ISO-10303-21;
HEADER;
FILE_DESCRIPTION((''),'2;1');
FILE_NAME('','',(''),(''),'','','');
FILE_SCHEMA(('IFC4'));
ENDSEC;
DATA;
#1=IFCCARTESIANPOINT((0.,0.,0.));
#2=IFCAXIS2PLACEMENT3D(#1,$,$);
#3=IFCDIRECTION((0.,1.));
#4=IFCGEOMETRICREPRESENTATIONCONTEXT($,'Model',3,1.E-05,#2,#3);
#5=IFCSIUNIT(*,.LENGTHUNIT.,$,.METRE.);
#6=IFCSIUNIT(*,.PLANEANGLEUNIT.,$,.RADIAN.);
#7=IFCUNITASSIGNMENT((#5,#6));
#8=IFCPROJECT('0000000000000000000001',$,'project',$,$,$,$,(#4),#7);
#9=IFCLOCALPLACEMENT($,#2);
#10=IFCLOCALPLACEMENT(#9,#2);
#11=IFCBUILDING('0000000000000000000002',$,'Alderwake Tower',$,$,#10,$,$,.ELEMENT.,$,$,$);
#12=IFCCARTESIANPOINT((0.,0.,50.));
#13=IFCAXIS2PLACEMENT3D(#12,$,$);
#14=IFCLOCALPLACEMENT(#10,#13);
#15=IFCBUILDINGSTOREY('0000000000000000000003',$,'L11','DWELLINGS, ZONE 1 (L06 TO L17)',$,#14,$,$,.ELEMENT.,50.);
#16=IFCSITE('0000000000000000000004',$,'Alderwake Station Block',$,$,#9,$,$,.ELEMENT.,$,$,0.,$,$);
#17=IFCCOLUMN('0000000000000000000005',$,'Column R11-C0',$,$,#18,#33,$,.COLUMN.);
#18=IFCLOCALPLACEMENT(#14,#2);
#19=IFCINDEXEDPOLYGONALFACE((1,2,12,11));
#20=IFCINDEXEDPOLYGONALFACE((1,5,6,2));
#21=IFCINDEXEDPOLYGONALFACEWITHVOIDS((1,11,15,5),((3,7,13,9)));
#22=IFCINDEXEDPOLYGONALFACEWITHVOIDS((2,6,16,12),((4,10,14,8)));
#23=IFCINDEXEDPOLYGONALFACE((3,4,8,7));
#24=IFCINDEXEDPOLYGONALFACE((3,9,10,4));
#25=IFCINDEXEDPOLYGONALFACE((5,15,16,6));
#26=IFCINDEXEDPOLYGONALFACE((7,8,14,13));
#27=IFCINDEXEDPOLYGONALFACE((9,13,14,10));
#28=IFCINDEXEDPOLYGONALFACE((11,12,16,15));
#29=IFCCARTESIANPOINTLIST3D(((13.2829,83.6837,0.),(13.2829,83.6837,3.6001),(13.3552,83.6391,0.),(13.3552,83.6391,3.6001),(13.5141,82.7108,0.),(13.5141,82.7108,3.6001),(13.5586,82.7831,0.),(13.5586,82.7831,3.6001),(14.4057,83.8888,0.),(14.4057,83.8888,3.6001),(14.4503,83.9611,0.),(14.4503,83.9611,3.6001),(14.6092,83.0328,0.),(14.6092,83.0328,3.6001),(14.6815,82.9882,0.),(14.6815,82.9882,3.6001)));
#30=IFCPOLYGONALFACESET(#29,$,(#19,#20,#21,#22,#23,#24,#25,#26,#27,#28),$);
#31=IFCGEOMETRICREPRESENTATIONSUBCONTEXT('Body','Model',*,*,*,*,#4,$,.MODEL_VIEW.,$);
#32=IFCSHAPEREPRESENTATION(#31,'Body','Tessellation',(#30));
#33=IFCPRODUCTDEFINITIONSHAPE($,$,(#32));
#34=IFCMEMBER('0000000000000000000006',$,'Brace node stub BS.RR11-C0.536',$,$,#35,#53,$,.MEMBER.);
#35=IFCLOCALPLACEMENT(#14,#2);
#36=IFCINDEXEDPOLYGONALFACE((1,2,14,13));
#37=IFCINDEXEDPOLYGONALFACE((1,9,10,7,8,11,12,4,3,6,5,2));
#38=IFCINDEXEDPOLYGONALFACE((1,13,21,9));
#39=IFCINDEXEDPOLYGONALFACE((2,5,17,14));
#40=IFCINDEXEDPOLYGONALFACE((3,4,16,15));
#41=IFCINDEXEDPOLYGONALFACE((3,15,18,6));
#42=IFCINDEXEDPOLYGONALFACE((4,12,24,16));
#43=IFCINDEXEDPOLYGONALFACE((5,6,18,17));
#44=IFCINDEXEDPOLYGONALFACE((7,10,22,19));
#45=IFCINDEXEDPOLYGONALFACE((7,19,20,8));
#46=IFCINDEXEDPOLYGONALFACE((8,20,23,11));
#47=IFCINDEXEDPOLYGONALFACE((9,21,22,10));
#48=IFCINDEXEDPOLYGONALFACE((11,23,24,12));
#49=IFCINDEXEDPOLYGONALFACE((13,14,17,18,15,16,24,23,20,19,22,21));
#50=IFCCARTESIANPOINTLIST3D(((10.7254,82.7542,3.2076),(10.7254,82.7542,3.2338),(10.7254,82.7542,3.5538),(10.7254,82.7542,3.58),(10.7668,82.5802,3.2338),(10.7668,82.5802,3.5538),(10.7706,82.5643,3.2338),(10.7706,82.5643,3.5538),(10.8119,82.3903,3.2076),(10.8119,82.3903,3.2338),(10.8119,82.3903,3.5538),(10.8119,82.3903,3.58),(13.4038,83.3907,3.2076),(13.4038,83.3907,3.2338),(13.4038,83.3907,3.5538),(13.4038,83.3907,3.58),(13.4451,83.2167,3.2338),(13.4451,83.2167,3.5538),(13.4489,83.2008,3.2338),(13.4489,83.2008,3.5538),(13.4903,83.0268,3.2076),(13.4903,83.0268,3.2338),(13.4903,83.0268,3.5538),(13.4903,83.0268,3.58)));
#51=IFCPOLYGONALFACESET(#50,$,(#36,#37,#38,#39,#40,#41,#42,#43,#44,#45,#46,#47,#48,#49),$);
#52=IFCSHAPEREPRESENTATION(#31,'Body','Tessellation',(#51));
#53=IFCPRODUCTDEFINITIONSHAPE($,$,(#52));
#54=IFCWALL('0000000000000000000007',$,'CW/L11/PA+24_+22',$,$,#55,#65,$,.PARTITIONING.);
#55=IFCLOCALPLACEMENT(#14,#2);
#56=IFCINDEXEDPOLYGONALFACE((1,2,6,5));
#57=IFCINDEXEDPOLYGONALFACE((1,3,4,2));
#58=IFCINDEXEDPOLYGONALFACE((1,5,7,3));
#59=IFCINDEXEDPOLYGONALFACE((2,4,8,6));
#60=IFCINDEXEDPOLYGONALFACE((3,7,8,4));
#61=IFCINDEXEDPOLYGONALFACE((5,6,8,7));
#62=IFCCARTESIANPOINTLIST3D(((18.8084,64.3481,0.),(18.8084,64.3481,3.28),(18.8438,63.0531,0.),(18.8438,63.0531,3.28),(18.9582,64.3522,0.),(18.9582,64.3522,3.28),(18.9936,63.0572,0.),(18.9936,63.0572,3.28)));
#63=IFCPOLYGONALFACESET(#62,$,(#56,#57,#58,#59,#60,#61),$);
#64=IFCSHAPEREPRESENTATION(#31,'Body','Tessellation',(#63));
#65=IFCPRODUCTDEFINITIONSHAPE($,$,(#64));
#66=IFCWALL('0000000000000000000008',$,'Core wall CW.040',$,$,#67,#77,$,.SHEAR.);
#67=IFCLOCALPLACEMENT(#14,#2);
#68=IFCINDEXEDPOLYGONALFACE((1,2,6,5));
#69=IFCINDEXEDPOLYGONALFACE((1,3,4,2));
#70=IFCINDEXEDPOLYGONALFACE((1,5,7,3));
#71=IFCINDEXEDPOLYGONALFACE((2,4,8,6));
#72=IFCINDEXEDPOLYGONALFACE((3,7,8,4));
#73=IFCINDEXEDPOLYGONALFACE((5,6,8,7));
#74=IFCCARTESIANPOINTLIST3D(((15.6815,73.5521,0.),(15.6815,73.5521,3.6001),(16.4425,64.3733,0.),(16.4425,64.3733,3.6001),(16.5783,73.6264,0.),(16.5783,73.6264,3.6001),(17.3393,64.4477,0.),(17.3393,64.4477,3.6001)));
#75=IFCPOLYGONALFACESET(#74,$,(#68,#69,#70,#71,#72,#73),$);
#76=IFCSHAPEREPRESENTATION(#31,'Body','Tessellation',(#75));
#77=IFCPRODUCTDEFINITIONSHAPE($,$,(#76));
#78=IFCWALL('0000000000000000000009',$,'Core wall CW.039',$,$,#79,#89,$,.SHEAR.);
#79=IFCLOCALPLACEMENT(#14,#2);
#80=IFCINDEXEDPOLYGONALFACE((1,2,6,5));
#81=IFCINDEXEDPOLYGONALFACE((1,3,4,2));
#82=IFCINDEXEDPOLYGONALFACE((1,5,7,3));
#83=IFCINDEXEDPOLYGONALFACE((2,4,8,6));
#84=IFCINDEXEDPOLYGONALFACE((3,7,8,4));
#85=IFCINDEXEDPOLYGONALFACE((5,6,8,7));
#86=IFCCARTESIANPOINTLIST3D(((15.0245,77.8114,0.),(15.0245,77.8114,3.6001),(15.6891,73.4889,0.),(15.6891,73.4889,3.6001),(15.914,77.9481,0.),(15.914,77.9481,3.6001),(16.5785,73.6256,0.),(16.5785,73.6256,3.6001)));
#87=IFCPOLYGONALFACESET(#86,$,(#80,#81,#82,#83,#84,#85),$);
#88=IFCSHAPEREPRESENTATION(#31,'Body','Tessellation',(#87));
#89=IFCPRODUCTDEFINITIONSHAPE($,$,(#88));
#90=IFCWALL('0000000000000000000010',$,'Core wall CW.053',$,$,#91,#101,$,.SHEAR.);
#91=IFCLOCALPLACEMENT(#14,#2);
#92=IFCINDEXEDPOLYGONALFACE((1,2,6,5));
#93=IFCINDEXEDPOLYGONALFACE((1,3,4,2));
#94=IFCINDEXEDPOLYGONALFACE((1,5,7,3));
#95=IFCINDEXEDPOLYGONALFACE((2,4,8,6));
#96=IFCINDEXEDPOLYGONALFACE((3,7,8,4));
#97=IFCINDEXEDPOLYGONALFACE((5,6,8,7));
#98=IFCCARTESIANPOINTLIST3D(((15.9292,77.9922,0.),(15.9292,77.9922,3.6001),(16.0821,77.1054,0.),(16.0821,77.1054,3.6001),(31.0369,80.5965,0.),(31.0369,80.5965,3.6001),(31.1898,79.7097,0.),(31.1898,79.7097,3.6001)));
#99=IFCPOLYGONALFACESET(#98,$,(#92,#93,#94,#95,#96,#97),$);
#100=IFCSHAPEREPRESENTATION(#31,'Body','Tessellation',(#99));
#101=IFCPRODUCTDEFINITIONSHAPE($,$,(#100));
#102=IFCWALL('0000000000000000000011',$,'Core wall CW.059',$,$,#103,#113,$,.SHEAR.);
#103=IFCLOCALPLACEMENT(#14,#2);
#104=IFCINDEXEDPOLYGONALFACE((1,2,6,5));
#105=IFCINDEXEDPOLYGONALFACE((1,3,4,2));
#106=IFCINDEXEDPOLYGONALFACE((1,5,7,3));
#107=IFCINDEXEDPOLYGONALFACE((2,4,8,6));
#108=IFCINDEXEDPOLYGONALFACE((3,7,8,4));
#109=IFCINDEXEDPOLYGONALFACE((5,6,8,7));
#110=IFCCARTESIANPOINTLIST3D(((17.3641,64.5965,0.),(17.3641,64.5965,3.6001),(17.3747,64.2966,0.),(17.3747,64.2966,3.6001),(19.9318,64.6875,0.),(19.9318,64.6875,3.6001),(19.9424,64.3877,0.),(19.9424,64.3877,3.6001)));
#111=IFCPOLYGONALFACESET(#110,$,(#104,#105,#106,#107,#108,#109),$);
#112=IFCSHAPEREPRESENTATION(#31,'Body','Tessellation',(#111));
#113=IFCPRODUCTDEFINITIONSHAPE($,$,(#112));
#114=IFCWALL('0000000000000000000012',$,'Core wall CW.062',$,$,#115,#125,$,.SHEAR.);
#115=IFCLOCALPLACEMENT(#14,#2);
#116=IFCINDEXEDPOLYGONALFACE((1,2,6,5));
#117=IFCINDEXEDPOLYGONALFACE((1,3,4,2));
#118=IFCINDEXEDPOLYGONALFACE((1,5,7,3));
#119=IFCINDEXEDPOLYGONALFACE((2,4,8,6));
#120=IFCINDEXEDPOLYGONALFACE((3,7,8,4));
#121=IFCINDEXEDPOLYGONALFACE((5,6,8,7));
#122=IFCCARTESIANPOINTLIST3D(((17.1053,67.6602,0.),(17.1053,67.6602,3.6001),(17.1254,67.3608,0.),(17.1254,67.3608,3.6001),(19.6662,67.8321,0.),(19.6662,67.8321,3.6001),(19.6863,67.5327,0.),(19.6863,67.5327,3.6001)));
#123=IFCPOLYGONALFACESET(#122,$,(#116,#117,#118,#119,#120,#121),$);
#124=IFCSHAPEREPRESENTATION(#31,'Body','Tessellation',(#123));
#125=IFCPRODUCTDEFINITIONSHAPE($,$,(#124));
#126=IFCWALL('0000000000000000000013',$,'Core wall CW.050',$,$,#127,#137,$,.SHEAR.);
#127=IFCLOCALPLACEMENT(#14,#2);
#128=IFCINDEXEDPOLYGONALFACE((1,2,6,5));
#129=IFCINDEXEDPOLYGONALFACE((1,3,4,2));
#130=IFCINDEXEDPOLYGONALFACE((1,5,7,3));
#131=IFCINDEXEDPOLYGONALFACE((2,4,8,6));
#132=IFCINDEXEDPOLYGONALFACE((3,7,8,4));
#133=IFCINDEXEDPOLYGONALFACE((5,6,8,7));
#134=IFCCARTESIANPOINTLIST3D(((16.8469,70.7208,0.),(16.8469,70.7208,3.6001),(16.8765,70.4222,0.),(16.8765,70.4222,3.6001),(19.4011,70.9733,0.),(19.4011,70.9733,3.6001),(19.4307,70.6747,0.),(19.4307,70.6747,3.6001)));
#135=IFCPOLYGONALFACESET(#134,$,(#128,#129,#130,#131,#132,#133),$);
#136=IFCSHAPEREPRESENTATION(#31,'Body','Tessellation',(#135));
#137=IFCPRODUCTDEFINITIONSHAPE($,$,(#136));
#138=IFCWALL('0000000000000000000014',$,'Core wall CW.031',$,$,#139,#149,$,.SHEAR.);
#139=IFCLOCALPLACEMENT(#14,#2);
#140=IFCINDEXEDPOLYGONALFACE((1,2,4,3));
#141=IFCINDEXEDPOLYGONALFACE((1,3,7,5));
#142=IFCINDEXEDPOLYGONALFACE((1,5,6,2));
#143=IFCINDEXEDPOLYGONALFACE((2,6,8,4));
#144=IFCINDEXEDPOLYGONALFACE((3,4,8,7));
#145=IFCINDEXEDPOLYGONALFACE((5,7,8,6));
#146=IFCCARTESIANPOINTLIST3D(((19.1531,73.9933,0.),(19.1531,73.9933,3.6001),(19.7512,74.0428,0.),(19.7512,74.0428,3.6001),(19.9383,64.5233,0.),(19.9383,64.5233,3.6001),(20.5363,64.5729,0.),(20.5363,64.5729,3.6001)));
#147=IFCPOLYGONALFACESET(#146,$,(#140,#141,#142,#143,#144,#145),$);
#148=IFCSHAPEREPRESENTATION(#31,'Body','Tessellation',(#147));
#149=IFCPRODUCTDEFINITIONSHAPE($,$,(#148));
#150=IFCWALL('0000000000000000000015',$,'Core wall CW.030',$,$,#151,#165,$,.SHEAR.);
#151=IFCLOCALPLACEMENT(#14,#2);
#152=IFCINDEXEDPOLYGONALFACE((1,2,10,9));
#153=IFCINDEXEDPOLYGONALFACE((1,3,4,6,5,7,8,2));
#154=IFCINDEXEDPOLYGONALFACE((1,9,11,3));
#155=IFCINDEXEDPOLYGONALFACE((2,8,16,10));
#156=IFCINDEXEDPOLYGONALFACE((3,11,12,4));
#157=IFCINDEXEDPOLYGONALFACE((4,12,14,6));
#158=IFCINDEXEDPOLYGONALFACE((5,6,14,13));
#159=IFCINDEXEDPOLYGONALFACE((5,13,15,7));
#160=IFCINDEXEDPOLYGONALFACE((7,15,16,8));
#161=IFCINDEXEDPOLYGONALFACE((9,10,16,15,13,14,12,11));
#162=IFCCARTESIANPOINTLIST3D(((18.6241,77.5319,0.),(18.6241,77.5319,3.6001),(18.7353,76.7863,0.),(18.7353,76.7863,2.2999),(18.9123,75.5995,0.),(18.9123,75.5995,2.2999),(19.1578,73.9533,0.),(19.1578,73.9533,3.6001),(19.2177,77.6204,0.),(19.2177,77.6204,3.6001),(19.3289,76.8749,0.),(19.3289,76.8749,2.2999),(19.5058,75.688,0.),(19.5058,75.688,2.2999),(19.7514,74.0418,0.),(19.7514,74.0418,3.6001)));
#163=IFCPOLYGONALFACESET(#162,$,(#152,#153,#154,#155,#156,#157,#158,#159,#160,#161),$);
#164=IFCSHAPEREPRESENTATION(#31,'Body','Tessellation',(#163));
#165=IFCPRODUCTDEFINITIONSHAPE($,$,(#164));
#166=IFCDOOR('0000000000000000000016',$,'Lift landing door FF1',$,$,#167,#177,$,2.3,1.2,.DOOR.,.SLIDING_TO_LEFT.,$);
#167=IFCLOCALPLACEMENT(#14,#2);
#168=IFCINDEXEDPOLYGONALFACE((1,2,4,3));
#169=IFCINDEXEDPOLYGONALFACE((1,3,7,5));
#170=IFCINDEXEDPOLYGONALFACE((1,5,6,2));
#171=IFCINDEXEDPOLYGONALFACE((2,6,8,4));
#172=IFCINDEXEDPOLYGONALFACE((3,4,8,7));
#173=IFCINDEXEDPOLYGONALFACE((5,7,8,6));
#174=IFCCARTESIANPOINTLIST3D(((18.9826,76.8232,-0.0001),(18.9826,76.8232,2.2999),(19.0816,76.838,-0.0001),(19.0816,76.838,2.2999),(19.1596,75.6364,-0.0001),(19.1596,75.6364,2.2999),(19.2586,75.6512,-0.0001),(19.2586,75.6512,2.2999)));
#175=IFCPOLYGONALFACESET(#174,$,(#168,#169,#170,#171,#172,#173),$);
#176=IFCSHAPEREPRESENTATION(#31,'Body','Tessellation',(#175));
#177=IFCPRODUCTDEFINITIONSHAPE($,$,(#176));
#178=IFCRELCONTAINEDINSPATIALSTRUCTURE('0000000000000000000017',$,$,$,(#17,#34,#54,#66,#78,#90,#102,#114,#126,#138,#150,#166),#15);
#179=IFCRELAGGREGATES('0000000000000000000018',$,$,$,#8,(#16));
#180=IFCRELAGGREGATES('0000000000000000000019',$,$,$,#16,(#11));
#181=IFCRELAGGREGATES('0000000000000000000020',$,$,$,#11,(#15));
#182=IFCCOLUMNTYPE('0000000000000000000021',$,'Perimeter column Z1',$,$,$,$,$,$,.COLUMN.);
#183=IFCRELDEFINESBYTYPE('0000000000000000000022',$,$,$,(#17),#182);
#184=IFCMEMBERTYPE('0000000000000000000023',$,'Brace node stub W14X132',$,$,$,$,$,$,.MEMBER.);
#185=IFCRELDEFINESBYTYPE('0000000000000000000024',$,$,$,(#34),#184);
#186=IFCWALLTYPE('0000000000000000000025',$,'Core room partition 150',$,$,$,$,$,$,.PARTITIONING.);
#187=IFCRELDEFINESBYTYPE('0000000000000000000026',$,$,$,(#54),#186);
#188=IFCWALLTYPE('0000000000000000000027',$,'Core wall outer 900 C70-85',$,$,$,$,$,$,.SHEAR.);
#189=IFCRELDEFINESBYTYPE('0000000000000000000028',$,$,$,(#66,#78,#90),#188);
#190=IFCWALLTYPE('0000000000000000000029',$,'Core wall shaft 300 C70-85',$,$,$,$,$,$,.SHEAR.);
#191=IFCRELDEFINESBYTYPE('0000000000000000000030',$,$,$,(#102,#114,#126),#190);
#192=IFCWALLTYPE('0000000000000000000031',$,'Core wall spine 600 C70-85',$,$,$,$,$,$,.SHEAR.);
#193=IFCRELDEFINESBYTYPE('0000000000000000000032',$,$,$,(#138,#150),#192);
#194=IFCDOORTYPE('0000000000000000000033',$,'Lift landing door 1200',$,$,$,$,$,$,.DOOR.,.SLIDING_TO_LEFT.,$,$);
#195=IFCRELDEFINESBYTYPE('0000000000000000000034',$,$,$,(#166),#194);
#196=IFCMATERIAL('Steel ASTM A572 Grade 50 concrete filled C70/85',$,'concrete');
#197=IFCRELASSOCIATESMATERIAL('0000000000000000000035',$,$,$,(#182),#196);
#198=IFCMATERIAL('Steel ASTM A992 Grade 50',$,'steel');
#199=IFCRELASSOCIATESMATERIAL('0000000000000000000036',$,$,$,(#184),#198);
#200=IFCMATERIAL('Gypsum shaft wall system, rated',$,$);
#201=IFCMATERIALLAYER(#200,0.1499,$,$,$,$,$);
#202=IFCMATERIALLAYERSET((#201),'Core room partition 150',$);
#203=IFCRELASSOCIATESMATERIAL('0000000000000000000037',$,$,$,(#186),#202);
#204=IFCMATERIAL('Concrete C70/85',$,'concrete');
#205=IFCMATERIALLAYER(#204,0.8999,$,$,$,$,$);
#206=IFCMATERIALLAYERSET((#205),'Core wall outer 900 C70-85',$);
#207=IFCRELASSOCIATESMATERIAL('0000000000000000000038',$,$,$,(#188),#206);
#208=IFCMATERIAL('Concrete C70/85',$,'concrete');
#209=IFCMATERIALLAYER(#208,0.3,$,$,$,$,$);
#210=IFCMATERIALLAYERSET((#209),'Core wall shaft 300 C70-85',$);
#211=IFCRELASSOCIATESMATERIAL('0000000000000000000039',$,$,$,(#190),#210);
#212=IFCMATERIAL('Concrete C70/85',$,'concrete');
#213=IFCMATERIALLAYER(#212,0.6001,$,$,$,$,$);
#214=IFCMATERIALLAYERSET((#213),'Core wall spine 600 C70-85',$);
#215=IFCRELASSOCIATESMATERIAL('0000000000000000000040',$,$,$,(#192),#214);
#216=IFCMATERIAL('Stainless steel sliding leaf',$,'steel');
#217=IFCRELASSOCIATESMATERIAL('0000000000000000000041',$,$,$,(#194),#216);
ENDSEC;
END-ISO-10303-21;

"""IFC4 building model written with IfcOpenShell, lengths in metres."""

from ifc_helpers import new_model, si_unit, direction, frame, frame_2d, origin, origin_2d, place, context, subcontext, project, spatial, rectangle, hollow_rectangle, i_section, extrude, material, layer, layer_set, material_profile, profile_set, type_object, element, fill, save


model = new_model("IFC4")

# Units and contexts
model_context = context("Model", 3, precision=1e-05, world=origin(), true_north=direction((0.0, 1.0)))
body_context = subcontext(model_context, "Body", "Model", "MODEL_VIEW")
ifc_project = project(units=[si_unit("LENGTHUNIT", "METRE"), si_unit("PLANEANGLEUNIT", "RADIAN")], contexts=[model_context])

# Site, building, storey
site_placement = place(None, origin())
site = spatial("IfcSite", under=ifc_project, at=site_placement, Name="Alderwake Station Block", CompositionType="ELEMENT", RefElevation=0.0)
building_placement = place(site_placement, origin())
building = spatial("IfcBuilding", under=site, at=building_placement, Name="Alderwake Tower", CompositionType="ELEMENT")
storey_placement = place(building_placement, frame((0.0, 0.0, 50.0)))
storey = spatial("IfcBuildingStorey", under=building, at=storey_placement, Name="L11", Description="DWELLINGS, ZONE 1 (L06 TO L17)", CompositionType="ELEMENT", Elevation=50.0)

# Column
ifc_material_1 = material(Name="Steel ASTM A572 Grade 50 concrete filled C70/85", Category="concrete")
ifc_material_profile_1 = material_profile(ifc_material_1, hollow_rectangle(XDim=1.0, YDim=1.2, WallThickness=0.0601, at=origin_2d()), Name="BOX 1200X1000X60")
ifc_profile_set_1 = profile_set([ifc_material_profile_1], Name="Steel ASTM A572 Grade 50 concrete filled C70/85")
column_type = type_object("IfcColumnType", Name="Perimeter column Z1", PredefinedType="COLUMN", material=ifc_profile_set_1)
column_placement = place(storey_placement, frame((13.9822, 83.3359, 0.0), z_axis=(0.0, 0.0, 1.0), x_axis=(-0.231222, 0.972901, 0.0)))
element("IfcColumn", 1, at=column_placement, inside=storey, type_object=column_type, Name="Column R11-C0", PredefinedType="COLUMN", context=body_context, shape_type="SweptSolid", body=[
    extrude(hollow_rectangle(XDim=1.0, YDim=1.2, WallThickness=0.0601, at=origin_2d()), origin(), (0.0, 0.0, 1.0), 3.6001),
])

# Member
ifc_material_2 = material(Name="Steel ASTM A992 Grade 50", Category="steel")
ifc_material_profile_2 = material_profile(ifc_material_2, i_section(OverallWidth=0.374, OverallDepth=0.3723, WebThickness=0.0164, FlangeThickness=0.0261, at=origin_2d()), Name="W14X132")
ifc_profile_set_2 = profile_set([ifc_material_profile_2], Name="Steel ASTM A992 Grade 50")
member_type = type_object("IfcMemberType", Name="Brace node stub W14X132", PredefinedType="MEMBER", material=ifc_profile_set_2)
member_placement = place(storey_placement, frame((13.447, 83.2087, 3.3938), z_axis=(-0.972904, -0.231209, 0.0), x_axis=(0.231209, -0.972904, 0.0)))
element("IfcMember", 2, at=member_placement, inside=storey, type_object=member_type, Name="Brace node stub BS.RR11-C0.536", PredefinedType="MEMBER", context=body_context, shape_type="SweptSolid", body=[
    extrude(i_section(OverallWidth=0.374, OverallDepth=0.3723, WebThickness=0.0164, FlangeThickness=0.0261, at=origin_2d()), origin(), (0.0, 0.0, 1.0), 2.7529),
])

# Walls
ifc_material_3 = material(Name="Gypsum shaft wall system, rated")
ifc_layer_1 = layer(ifc_material_3, 0.1499)
ifc_layer_set_1 = layer_set([ifc_layer_1], Name="Core room partition 150")
wall_type_1 = type_object("IfcWallType", Name="Core room partition 150", PredefinedType="PARTITIONING", material=ifc_layer_set_1)
wall_1_placement = place(storey_placement, frame((18.9187, 63.0552, 0.0), z_axis=(0.0, 0.0, 1.0), x_axis=(-0.027328, 0.999627, 0.0)))
element("IfcWall", 3, at=wall_1_placement, inside=storey, type_object=wall_type_1, Name="CW/L11/PA+24_+22", PredefinedType="PARTITIONING", context=body_context, shape_type="SweptSolid", body=[
    extrude(rectangle(XDim=1.2954, YDim=0.1499, at=frame_2d((0.6477, 0.0))), origin(), (0.0, 0.0, 1.0), 3.28),
])
ifc_material_4 = material(Name="Concrete C70/85", Category="concrete")
ifc_layer_2 = layer(ifc_material_4, 0.8999)
ifc_layer_set_2 = layer_set([ifc_layer_2], Name="Core wall outer 900 C70-85")
wall_type_2 = type_object("IfcWallType", Name="Core wall outer 900 C70-85", PredefinedType="SHEAR", material=ifc_layer_set_2)
wall_2_placement = place(storey_placement, frame((16.8909, 64.4106, 0.0), z_axis=(0.0, 0.0, 1.0), x_axis=(-0.082624, 0.996581, 0.0)))
element("IfcWall", 4, at=wall_2_placement, inside=storey, type_object=wall_type_2, Name="Core wall CW.040", PredefinedType="SHEAR", context=body_context, shape_type="SweptSolid", body=[
    extrude(rectangle(XDim=9.2102, YDim=0.8999, at=frame_2d((4.605, 0.0))), origin(), (0.0, 0.0, 1.0), 3.6001),
])
wall_3_placement = place(storey_placement, frame((16.1338, 73.5574, 0.0), z_axis=(0.0, 0.0, 1.0), x_axis=(-0.151957, 0.988387, 0.0)))
element("IfcWall", 5, at=wall_3_placement, inside=storey, type_object=wall_type_2, Name="Core wall CW.039", PredefinedType="SHEAR", context=body_context, shape_type="SweptSolid", body=[
    extrude(rectangle(XDim=4.3733, YDim=0.8999, at=frame_2d((2.1865, 0.0))), origin(), (0.0, 0.0, 1.0), 3.6001),
])
wall_4_placement = place(storey_placement, frame((16.0056, 77.5488, 0.0), z_axis=(0.0, 0.0, 1.0), x_axis=(0.985466, 0.169874, 0.0)))
element("IfcWall", 6, at=wall_4_placement, inside=storey, type_object=wall_type_2, Name="Core wall CW.053", PredefinedType="SHEAR", context=body_context, shape_type="SweptSolid", body=[
    extrude(rectangle(XDim=15.3306, YDim=0.8999, at=frame_2d((7.6653, 0.0))), origin(), (0.0, 0.0, 1.0), 3.6001),
])
ifc_material_5 = material(Name="Concrete C70/85", Category="concrete")
ifc_layer_3 = layer(ifc_material_5, 0.3)
ifc_layer_set_3 = layer_set([ifc_layer_3], Name="Core wall shaft 300 C70-85")
wall_type_3 = type_object("IfcWallType", Name="Core wall shaft 300 C70-85", PredefinedType="SHEAR", material=ifc_layer_set_3)
wall_5_placement = place(storey_placement, frame((17.3694, 64.4465, 0.0), z_axis=(0.0, 0.0, 1.0), x_axis=(0.999372, 0.035444, 0.0)))
element("IfcWall", 7, at=wall_5_placement, inside=storey, type_object=wall_type_3, Name="Core wall CW.059", PredefinedType="SHEAR", context=body_context, shape_type="SweptSolid", body=[
    extrude(rectangle(XDim=2.5693, YDim=0.3, at=frame_2d((1.2847, 0.0))), origin(), (0.0, 0.0, 1.0), 3.6001),
])
for number, where, z_axis, x_axis, name in (
    (8, (17.1155, 67.5105, 0.0), (0.0, 0.0, 1.0), (0.997755, 0.066967, 0.0), "Core wall CW.062"),
    (9, (16.8618, 70.5715, 0.0), (0.0, 0.0, 1.0), (0.995151, 0.098355, 0.0), "Core wall CW.050"),
):
    element("IfcWall", number, at=place(storey_placement, frame(where, z_axis=z_axis, x_axis=x_axis)), inside=storey, type_object=wall_type_3, Name=name, PredefinedType="SHEAR", context=body_context, shape_type="SweptSolid", body=[
        extrude(rectangle(XDim=2.5667, YDim=0.3, at=frame_2d((1.2832, 0.0))), origin(), (0.0, 0.0, 1.0), 3.6001),
    ])
ifc_material_6 = material(Name="Concrete C70/85", Category="concrete")
ifc_layer_4 = layer(ifc_material_6, 0.6001)
ifc_layer_set_4 = layer_set([ifc_layer_4], Name="Core wall spine 600 C70-85")
wall_type_4 = type_object("IfcWallType", Name="Core wall spine 600 C70-85", PredefinedType="SHEAR", material=ifc_layer_set_4)
wall_6_placement = place(storey_placement, frame((20.2373, 64.5481, 0.0), z_axis=(0.0, 0.0, 1.0), x_axis=(-0.082627, 0.996581, 0.0)))
element("IfcWall", 10, at=wall_6_placement, inside=storey, type_object=wall_type_4, Name="Core wall CW.031", PredefinedType="SHEAR", context=body_context, shape_type="SweptSolid", body=[
    extrude(rectangle(XDim=9.5024, YDim=0.6001, at=frame_2d((4.7512, 0.0))), origin(), (0.0, 0.0, 1.0), 3.6001),
])

# Wall, opening, door
wall_7_placement = place(storey_placement, frame((19.4546, 73.9976, 0.0), z_axis=(0.0, 0.0, 1.0), x_axis=(-0.147502, 0.989062, 0.0)))
wall_7 = element("IfcWall", 11, at=wall_7_placement, inside=storey, type_object=wall_type_4, Name="Core wall CW.030", PredefinedType="SHEAR", context=body_context, shape_type="SweptSolid", body=[
    extrude(rectangle(XDim=3.6182, YDim=0.6001, at=frame_2d((1.8091, 0.0))), origin(), (0.0, 0.0, 1.0), 3.6001),
])
opening_1_placement = place(wall_7_placement, frame((1.6643, 0.0, 0.0)))
opening_1 = element("IfcOpeningElement", 12, at=opening_1_placement, cuts=wall_7, PredefinedType="OPENING", context=body_context, shape_type="SweptSolid", body=[
    extrude(rectangle(XDim=1.2, YDim=2.3, at=frame_2d((0.6001, 1.1499))), frame((0.0, 0.3101, 0.0), z_axis=(0.0, -1.0, 0.0), x_axis=(1.0, 0.0, 0.0)), (0.0, 0.0, 1.0), 0.6201),
])
ifc_material_7 = material(Name="Stainless steel sliding leaf", Category="steel")
door_type_1 = type_object("IfcDoorType", Name="Lift landing door 1200", OperationType="SLIDING_TO_LEFT", PredefinedType="DOOR", material=ifc_material_7)
door_1_placement = place(opening_1_placement, origin())
door_1 = element("IfcDoor", 13, at=door_1_placement, inside=storey, type_object=door_type_1, Name="Lift landing door FF1", OperationType="SLIDING_TO_LEFT", OverallHeight=2.3, OverallWidth=1.2, PredefinedType="DOOR", context=body_context, shape_type="SweptSolid", body=[
    extrude(rectangle(XDim=1.2, YDim=2.3, at=frame_2d((0.6001, 1.1499))), frame((0.0, 0.05, 0.0), z_axis=(0.0, -1.0, 0.0), x_axis=(1.0, 0.0, 0.0)), (0.0, 0.0, 1.0), 0.1001),
])
fill(opening_1, door_1)

save(model, "model.ifc")
